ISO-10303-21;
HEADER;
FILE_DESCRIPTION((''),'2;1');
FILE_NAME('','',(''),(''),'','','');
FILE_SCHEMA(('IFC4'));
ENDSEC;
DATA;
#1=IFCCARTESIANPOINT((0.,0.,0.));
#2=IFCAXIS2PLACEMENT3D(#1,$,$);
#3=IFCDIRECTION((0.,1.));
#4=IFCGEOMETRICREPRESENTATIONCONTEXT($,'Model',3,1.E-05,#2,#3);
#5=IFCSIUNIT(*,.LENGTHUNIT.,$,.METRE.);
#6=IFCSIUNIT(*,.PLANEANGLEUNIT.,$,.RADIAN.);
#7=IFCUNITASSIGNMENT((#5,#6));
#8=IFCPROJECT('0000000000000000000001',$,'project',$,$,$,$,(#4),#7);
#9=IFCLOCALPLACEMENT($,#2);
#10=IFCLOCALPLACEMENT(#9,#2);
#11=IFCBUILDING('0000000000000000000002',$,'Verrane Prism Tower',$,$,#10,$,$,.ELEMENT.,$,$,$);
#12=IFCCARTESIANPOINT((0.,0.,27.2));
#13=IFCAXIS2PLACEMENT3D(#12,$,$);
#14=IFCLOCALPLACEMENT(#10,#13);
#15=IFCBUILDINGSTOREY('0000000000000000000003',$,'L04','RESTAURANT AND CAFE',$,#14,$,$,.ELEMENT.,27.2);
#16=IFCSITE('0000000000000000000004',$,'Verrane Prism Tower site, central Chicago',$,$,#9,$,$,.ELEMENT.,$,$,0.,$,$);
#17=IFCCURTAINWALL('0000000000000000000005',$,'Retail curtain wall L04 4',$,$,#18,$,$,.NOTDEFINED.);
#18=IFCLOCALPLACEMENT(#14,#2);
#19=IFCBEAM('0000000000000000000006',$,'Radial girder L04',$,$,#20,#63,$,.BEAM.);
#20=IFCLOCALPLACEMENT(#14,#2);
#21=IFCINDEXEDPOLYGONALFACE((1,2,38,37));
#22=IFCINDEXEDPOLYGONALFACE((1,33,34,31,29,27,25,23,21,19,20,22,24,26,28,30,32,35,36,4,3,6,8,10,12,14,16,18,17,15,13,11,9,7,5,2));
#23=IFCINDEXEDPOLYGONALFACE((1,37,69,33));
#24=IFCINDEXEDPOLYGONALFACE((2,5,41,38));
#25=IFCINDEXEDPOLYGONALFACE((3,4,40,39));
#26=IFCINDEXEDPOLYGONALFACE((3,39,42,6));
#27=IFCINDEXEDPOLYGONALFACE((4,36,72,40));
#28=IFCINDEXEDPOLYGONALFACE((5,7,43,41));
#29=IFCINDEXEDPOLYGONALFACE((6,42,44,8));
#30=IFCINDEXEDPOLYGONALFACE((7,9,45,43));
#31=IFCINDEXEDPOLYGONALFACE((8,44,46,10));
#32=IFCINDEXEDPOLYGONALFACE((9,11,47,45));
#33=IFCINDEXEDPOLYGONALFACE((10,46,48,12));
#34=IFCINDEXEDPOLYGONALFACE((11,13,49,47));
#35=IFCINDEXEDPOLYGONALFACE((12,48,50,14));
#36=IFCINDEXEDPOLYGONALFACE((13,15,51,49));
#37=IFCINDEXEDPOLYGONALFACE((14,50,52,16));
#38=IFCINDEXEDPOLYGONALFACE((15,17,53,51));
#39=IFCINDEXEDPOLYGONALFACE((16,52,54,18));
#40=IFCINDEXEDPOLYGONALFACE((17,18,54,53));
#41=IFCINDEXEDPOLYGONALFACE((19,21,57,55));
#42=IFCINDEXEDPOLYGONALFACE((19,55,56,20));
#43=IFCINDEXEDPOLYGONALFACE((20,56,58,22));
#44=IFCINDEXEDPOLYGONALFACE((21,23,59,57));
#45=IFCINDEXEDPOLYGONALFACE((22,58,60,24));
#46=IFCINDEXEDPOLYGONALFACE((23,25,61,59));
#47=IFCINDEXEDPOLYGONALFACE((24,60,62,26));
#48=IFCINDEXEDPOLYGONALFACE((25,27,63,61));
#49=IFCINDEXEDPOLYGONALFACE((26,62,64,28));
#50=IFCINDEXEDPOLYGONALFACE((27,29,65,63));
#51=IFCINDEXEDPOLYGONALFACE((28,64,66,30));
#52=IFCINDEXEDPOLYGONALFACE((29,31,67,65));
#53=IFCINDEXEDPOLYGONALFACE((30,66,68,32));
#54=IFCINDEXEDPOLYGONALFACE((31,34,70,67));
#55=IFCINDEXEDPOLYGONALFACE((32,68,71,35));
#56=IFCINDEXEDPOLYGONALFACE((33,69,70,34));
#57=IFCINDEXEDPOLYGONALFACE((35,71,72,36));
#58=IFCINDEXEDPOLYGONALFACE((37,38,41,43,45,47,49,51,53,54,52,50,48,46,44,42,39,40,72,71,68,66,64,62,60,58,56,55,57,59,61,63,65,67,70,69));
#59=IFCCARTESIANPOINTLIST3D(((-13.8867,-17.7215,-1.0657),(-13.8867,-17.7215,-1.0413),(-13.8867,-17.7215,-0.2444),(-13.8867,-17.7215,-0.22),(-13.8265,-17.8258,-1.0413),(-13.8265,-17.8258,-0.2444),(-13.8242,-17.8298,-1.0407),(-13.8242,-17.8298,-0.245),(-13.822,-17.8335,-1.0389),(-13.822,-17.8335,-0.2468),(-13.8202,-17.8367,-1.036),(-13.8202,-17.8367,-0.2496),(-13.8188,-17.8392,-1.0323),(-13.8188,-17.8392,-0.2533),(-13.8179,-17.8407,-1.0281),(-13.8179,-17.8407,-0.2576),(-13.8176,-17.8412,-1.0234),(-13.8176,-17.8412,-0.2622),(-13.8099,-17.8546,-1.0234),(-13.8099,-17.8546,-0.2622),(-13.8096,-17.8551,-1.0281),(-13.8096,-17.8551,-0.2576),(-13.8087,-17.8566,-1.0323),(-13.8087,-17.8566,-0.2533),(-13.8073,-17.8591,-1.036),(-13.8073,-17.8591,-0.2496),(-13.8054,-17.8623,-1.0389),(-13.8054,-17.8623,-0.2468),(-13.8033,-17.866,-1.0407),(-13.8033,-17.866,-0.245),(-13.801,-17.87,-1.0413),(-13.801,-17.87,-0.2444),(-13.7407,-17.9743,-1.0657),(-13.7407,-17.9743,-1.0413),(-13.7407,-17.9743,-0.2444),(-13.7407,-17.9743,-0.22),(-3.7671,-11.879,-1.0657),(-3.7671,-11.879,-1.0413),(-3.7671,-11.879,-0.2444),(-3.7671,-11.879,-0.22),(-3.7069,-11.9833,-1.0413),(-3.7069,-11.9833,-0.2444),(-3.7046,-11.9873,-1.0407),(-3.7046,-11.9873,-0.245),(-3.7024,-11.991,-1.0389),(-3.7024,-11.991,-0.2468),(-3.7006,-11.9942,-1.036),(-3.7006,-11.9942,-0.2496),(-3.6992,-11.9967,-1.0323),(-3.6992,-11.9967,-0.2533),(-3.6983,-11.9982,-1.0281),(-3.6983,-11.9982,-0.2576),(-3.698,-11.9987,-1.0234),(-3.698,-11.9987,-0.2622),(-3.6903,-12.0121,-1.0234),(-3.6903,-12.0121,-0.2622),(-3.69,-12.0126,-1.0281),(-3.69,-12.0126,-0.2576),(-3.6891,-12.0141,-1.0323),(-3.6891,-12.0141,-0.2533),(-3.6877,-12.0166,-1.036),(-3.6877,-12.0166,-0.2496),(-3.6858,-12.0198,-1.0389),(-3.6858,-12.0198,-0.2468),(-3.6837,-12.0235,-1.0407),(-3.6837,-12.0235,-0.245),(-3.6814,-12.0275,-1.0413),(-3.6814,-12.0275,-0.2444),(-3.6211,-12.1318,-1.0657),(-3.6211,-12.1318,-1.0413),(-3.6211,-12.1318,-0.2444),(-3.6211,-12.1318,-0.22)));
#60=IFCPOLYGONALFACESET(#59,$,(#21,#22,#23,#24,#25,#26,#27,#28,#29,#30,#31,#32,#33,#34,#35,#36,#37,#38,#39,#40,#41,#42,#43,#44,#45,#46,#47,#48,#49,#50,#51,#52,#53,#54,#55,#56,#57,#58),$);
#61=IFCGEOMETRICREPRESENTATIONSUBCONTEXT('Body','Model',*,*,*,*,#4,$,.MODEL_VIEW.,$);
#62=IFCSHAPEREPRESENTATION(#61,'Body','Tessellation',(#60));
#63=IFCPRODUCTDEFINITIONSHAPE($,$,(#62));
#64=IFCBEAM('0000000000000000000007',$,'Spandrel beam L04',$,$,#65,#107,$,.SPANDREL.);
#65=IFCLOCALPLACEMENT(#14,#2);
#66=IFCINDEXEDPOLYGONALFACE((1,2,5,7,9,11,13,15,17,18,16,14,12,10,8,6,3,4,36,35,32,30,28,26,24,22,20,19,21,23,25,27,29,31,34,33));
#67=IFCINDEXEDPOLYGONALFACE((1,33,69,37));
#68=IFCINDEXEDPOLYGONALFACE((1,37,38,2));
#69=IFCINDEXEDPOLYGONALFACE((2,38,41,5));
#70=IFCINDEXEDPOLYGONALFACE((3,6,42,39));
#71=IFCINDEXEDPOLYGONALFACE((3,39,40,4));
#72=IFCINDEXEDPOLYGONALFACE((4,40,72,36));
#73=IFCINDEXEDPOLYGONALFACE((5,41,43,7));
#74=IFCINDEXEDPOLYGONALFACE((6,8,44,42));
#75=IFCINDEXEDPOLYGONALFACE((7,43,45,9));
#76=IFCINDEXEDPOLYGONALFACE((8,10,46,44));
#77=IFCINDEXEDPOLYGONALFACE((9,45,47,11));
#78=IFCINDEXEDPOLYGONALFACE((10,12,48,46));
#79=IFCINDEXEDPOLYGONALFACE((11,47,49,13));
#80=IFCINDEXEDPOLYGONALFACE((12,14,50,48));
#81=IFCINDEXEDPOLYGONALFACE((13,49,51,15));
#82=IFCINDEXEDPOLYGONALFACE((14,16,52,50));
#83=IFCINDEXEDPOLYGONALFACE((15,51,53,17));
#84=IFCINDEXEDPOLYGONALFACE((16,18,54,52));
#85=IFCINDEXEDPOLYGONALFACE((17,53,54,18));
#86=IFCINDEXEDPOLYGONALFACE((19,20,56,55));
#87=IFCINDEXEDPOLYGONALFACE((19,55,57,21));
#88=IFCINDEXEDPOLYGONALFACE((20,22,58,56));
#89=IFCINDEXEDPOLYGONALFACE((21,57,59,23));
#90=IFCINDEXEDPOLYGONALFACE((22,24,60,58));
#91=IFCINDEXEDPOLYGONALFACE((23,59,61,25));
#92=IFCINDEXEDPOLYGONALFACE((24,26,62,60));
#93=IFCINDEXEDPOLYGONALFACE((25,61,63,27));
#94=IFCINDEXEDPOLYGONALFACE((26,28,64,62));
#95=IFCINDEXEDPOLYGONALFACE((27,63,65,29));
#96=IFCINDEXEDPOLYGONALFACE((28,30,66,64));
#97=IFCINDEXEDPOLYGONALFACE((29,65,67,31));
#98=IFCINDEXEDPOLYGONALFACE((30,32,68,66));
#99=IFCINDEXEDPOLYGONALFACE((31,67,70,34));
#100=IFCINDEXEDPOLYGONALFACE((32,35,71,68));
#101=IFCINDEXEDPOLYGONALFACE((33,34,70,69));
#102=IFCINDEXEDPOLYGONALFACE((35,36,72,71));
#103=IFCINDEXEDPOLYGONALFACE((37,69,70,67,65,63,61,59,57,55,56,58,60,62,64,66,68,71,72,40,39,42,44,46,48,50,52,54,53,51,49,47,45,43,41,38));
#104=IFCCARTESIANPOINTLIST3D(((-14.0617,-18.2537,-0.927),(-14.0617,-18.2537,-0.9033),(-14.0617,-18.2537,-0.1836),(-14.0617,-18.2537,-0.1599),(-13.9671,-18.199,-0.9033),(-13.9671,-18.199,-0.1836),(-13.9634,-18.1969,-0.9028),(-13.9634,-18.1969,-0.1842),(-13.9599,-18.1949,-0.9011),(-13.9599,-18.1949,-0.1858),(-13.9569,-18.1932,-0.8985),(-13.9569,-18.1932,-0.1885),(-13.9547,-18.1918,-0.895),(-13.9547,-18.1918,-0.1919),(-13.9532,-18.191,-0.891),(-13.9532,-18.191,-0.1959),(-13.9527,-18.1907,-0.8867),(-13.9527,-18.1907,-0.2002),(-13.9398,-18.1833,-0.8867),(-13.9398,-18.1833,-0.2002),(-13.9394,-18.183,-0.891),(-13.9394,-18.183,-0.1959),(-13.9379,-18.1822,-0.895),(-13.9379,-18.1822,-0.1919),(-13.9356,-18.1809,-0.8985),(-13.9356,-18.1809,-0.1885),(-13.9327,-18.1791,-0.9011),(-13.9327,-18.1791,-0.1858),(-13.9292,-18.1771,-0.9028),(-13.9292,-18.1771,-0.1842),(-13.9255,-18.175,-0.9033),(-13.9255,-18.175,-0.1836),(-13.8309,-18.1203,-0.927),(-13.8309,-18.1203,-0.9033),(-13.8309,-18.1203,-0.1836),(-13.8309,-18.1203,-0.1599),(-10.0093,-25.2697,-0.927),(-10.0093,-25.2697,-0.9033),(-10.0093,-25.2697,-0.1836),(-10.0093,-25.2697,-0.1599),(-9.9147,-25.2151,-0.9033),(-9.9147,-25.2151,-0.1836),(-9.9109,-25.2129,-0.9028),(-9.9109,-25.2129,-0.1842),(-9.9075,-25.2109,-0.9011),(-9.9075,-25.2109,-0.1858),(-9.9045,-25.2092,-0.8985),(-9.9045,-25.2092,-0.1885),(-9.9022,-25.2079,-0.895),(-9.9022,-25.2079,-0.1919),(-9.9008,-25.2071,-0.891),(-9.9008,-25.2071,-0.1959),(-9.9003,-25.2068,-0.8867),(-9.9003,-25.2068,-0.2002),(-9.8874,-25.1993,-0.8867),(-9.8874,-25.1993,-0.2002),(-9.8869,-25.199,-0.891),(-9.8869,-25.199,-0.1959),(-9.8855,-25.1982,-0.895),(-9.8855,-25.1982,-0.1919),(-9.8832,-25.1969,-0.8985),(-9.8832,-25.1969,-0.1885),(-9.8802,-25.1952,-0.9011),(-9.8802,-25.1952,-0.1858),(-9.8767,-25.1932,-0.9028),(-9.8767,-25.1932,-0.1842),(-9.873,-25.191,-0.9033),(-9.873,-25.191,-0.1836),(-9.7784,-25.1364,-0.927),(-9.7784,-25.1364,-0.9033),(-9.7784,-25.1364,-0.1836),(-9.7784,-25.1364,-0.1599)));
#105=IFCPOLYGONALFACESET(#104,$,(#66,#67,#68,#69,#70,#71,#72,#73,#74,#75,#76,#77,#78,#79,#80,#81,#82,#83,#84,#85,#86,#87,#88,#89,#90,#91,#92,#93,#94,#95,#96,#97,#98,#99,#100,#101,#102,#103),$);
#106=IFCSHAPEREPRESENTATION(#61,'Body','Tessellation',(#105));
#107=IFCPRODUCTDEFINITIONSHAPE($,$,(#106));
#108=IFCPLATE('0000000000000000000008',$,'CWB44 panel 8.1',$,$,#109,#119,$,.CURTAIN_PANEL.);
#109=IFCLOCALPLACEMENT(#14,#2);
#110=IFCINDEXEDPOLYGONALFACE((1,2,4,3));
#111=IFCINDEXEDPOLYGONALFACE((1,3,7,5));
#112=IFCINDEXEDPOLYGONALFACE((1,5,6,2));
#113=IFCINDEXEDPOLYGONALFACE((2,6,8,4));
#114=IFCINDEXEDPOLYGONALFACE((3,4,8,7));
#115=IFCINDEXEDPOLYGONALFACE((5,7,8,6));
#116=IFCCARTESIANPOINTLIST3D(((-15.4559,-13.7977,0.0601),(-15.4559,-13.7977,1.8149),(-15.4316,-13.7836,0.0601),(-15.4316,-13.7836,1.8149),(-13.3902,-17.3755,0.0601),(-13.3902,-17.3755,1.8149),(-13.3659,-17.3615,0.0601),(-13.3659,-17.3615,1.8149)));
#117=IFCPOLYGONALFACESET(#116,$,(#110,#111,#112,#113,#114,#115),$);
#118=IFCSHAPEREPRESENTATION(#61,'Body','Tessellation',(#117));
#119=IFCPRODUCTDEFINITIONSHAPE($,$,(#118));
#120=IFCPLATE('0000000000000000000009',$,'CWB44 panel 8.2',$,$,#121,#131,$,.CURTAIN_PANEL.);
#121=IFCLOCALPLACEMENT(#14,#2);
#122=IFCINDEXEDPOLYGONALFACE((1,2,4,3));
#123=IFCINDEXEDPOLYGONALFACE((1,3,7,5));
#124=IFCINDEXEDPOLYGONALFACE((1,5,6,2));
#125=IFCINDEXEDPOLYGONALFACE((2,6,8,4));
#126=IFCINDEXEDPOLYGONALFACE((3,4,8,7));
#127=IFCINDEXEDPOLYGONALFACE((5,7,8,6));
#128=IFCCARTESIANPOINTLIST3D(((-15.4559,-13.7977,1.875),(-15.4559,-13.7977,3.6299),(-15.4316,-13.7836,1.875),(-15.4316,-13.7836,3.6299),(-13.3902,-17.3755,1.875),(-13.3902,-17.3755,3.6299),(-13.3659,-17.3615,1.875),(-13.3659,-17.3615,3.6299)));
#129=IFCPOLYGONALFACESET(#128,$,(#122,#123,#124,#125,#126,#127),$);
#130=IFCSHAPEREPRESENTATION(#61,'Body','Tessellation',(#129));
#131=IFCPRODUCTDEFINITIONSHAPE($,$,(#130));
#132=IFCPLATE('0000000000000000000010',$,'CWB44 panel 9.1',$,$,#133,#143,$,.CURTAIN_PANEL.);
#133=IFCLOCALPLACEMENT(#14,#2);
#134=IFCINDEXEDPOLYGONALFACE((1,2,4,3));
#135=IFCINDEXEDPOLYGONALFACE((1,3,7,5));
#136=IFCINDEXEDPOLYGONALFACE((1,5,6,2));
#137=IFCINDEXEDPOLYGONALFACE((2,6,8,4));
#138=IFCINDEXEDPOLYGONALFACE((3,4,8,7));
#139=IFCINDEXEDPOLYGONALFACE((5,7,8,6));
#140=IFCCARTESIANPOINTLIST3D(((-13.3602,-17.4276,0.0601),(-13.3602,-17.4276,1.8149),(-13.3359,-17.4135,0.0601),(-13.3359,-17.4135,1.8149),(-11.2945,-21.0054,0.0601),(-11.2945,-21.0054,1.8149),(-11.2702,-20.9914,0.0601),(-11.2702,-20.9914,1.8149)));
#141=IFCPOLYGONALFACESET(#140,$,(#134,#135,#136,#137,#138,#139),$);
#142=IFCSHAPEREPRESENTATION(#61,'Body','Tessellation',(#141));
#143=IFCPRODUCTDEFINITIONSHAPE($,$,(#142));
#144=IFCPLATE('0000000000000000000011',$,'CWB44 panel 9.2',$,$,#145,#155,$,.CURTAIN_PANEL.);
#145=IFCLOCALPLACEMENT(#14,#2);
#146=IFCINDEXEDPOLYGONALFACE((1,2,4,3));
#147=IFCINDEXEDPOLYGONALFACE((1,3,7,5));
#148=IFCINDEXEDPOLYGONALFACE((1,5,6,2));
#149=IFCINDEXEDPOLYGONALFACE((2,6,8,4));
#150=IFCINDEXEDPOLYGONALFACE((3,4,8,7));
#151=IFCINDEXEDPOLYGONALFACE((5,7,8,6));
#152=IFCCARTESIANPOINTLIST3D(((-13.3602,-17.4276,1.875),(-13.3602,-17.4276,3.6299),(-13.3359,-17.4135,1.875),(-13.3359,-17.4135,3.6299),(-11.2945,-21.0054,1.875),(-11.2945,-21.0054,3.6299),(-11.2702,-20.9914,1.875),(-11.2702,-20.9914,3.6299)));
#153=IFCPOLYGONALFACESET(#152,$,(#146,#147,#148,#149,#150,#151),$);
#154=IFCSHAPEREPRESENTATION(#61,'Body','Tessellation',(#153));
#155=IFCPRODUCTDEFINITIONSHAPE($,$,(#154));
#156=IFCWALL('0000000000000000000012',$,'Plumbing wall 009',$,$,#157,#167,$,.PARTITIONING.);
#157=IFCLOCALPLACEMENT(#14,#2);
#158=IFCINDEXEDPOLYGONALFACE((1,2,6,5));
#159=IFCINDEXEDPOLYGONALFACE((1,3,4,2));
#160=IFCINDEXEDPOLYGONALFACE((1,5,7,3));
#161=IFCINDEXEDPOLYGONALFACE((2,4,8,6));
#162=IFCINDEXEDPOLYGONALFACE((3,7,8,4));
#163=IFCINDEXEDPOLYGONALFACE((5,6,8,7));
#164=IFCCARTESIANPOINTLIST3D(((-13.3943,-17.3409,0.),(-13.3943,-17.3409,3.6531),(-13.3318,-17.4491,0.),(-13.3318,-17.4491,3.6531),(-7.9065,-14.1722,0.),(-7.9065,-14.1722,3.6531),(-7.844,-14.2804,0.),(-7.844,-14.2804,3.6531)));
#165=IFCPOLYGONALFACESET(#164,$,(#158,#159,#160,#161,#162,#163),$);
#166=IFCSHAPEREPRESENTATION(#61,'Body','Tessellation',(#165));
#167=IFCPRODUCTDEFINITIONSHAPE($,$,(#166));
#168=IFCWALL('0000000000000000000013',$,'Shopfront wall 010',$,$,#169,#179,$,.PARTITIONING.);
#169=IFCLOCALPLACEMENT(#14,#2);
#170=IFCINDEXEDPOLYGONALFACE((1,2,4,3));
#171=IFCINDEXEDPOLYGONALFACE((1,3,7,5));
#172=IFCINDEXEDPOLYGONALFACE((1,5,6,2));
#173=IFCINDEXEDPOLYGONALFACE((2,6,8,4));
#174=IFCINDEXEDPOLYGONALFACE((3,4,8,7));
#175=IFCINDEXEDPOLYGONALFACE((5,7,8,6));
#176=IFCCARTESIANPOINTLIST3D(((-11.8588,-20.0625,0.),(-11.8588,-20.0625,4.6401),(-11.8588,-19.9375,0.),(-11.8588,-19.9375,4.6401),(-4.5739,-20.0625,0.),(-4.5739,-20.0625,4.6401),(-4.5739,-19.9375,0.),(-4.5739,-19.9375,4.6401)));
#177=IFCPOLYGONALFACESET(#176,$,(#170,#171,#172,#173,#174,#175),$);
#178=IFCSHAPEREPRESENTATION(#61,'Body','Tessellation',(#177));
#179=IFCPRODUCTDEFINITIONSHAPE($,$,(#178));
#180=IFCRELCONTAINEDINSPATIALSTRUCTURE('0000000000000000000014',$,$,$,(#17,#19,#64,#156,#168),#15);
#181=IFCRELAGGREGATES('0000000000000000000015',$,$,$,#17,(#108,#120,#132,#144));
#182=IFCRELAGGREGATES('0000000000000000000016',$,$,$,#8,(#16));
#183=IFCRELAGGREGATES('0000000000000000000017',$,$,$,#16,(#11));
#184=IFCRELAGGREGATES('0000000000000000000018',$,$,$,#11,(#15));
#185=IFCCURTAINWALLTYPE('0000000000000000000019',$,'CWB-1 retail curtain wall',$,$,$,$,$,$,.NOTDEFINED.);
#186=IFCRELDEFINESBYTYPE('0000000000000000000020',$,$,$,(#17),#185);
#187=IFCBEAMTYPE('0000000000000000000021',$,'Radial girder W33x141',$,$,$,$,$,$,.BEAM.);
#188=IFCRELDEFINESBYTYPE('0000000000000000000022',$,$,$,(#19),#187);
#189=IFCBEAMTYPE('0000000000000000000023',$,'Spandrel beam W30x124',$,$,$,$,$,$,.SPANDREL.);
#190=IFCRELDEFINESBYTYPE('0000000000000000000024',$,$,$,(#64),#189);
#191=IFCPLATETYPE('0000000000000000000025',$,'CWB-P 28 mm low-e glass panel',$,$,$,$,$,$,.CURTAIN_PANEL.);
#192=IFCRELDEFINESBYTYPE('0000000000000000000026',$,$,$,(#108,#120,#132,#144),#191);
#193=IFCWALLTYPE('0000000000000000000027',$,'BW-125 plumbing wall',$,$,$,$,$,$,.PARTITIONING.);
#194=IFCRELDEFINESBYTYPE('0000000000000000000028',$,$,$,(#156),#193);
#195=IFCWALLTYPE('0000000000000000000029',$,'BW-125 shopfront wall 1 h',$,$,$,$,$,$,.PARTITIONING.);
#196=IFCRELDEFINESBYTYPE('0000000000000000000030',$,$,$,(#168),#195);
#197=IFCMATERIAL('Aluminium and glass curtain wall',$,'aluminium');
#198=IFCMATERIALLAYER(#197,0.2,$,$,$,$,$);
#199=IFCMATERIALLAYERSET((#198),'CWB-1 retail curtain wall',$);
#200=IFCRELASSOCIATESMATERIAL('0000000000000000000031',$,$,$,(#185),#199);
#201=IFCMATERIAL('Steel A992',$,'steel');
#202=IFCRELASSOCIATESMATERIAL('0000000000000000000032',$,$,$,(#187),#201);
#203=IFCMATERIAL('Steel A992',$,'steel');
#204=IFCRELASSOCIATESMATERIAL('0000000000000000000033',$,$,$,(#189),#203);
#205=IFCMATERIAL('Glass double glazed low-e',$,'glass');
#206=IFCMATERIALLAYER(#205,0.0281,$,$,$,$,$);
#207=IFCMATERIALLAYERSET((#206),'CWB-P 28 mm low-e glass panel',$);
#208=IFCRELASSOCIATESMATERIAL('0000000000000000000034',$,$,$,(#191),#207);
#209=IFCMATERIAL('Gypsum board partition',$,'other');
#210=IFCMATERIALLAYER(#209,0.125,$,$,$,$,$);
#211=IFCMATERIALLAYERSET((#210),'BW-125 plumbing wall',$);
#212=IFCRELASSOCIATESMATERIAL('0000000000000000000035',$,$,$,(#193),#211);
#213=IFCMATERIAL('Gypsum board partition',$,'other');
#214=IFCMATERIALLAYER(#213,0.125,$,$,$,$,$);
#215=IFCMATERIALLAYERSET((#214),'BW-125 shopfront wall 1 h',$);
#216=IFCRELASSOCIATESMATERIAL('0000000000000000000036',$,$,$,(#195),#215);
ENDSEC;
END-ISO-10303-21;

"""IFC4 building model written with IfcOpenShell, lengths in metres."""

from ifc_helpers import new_model, si_unit, direction, frame, frame_2d, origin, origin_2d, place, context, subcontext, project, spatial, rectangle, i_section, extrude, material, layer, layer_set, material_profile, profile_set, type_object, element, aggregate, save


model = new_model("IFC4")

# Units and contexts
model_context = context("Model", 3, precision=1e-05, world=origin(), true_north=direction((0.0, 1.0)))
body_context = subcontext(model_context, "Body", "Model", "MODEL_VIEW")
ifc_project = project(units=[si_unit("LENGTHUNIT", "METRE"), si_unit("PLANEANGLEUNIT", "RADIAN")], contexts=[model_context])

# Site, building, storey
site_placement = place(None, origin())
site = spatial("IfcSite", under=ifc_project, at=site_placement, Name="Verrane Prism Tower site, central Chicago", CompositionType="ELEMENT", RefElevation=0.0)
building_placement = place(site_placement, origin())
building = spatial("IfcBuilding", under=site, at=building_placement, Name="Verrane Prism Tower", CompositionType="ELEMENT")
storey_placement = place(building_placement, frame((0.0, 0.0, 27.2)))
storey = spatial("IfcBuildingStorey", under=building, at=storey_placement, Name="L04", Description="RESTAURANT AND CAFE", CompositionType="ELEMENT", Elevation=27.2)

# Curtain wall
ifc_material_1 = material(Name="Aluminium and glass curtain wall", Category="aluminium")
ifc_layer_1 = layer(ifc_material_1, 0.2)
ifc_layer_set_1 = layer_set([ifc_layer_1], Name="CWB-1 retail curtain wall")
curtain_wall_type = type_object("IfcCurtainWallType", Name="CWB-1 retail curtain wall", PredefinedType="NOTDEFINED", material=ifc_layer_set_1)
curtain_wall_placement = place(storey_placement, origin())
curtain_wall = element("IfcCurtainWall", 1, at=curtain_wall_placement, inside=storey, type_object=curtain_wall_type, Name="Retail curtain wall L04 4", PredefinedType="NOTDEFINED")

# Beams
ifc_material_2 = material(Name="Steel A992", Category="steel")
ifc_material_profile_1 = material_profile(ifc_material_2, i_section(OverallWidth=0.292, OverallDepth=0.8457, WebThickness=0.0154, FlangeThickness=0.0244, FilletRadius=0.0178, at=origin_2d()), Name="W33x141")
ifc_profile_set_1 = profile_set([ifc_material_profile_1], Name="Steel A992")
beam_type_1 = type_object("IfcBeamType", Name="Radial girder W33x141", PredefinedType="BEAM", material=ifc_profile_set_1)
beam_1_placement = place(storey_placement, frame((-13.8137, -17.8479, -0.6428), z_axis=(0.866027, 0.499997, 0.0), x_axis=(-0.499997, 0.866027, 0.0)))
element("IfcBeam", 2, at=beam_1_placement, inside=storey, type_object=beam_type_1, Name="Radial girder L04", PredefinedType="BEAM", context=body_context, shape_type="SweptSolid", body=[
    extrude(i_section(OverallWidth=0.292, OverallDepth=0.8457, WebThickness=0.0154, FlangeThickness=0.0244, FilletRadius=0.0178, at=origin_2d()), origin(), (0.0, 0.0, 1.0), 11.6851),
])
ifc_material_3 = material(Name="Steel A992", Category="steel")
ifc_material_profile_2 = material_profile(ifc_material_3, i_section(OverallWidth=0.2666, OverallDepth=0.7671, WebThickness=0.0149, FlangeThickness=0.0237, FilletRadius=0.0166, at=origin_2d()), Name="W30x124")
ifc_profile_set_2 = profile_set([ifc_material_profile_2], Name="Steel A992")
beam_type_2 = type_object("IfcBeamType", Name="Spandrel beam W30x124", PredefinedType="SPANDREL", material=ifc_profile_set_2)
beam_2_placement = place(storey_placement, frame((-13.9463, -18.187, -0.5435), z_axis=(0.500161, -0.865933, 0.0), x_axis=(0.865933, 0.500161, 0.0)))
element("IfcBeam", 3, at=beam_2_placement, inside=storey, type_object=beam_type_2, Name="Spandrel beam L04", PredefinedType="SPANDREL", context=body_context, shape_type="SweptSolid", body=[
    extrude(i_section(OverallWidth=0.2666, OverallDepth=0.7671, WebThickness=0.0149, FlangeThickness=0.0237, FilletRadius=0.0166, at=origin_2d()), origin(), (0.0, 0.0, 1.0), 8.1023),
])

# Plates
ifc_material_4 = material(Name="Glass double glazed low-e", Category="glass")
ifc_layer_2 = layer(ifc_material_4, 0.0281)
ifc_layer_set_2 = layer_set([ifc_layer_2], Name="CWB-P 28 mm low-e glass panel")
plate_type = type_object("IfcPlateType", Name="CWB-P 28 mm low-e glass panel", PredefinedType="CURTAIN_PANEL", material=ifc_layer_set_2)
plate_1_placement = place(storey_placement, frame((-14.4109, -15.5796, 0.0601), z_axis=(0.0, 0.0, 1.0), x_axis=(0.5, -0.866025, 0.0)))
plate_1 = element("IfcPlate", 4, at=plate_1_placement, type_object=plate_type, Name="CWB44 panel 8.1", PredefinedType="CURTAIN_PANEL", context=body_context, shape_type="SweptSolid", body=[
    extrude(rectangle(XDim=4.1313, YDim=0.0281, at=origin_2d()), origin(), (0.0, 0.0, 1.0), 1.7549),
])
plate_2_placement = place(storey_placement, frame((-14.4109, -15.5796, 1.875), z_axis=(0.0, 0.0, 1.0), x_axis=(0.5, -0.866025, 0.0)))
plate_2 = element("IfcPlate", 5, at=plate_2_placement, type_object=plate_type, Name="CWB44 panel 8.2", PredefinedType="CURTAIN_PANEL", context=body_context, shape_type="SweptSolid", body=[
    extrude(rectangle(XDim=4.1313, YDim=0.0281, at=origin_2d()), origin(), (0.0, 0.0, 1.0), 1.7549),
])
plate_3_placement = place(storey_placement, frame((-12.3152, -19.2095, 0.0601), z_axis=(0.0, 0.0, 1.0), x_axis=(0.5, -0.866025, 0.0)))
plate_3 = element("IfcPlate", 6, at=plate_3_placement, type_object=plate_type, Name="CWB44 panel 9.1", PredefinedType="CURTAIN_PANEL", context=body_context, shape_type="SweptSolid", body=[
    extrude(rectangle(XDim=4.1313, YDim=0.0281, at=origin_2d()), origin(), (0.0, 0.0, 1.0), 1.7549),
])
plate_4_placement = place(storey_placement, frame((-12.3152, -19.2095, 1.875), z_axis=(0.0, 0.0, 1.0), x_axis=(0.5, -0.866025, 0.0)))
plate_4 = element("IfcPlate", 7, at=plate_4_placement, type_object=plate_type, Name="CWB44 panel 9.2", PredefinedType="CURTAIN_PANEL", context=body_context, shape_type="SweptSolid", body=[
    extrude(rectangle(XDim=4.1313, YDim=0.0281, at=origin_2d()), origin(), (0.0, 0.0, 1.0), 1.7549),
])
aggregate(curtain_wall, [plate_1, plate_2, plate_3, plate_4])

# Walls
ifc_material_5 = material(Name="Gypsum board partition", Category="other")
ifc_layer_3 = layer(ifc_material_5, 0.125)
ifc_layer_set_3 = layer_set([ifc_layer_3], Name="BW-125 plumbing wall")
wall_type_1 = type_object("IfcWallType", Name="BW-125 plumbing wall", PredefinedType="PARTITIONING", material=ifc_layer_set_3)
wall_1_placement = place(storey_placement, frame((-13.363, -17.395, 0.0), z_axis=(0.0, 0.0, 1.0), x_axis=(0.866003, 0.500038, 0.0)))
element("IfcWall", 8, at=wall_1_placement, inside=storey, type_object=wall_type_1, Name="Plumbing wall 009", PredefinedType="PARTITIONING", context=body_context, shape_type="SweptSolid", body=[
    extrude(rectangle(XDim=6.3369, YDim=0.125, at=frame_2d((3.1685, 0.0))), origin(), (0.0, 0.0, 1.0), 3.6531),
])
ifc_material_6 = material(Name="Gypsum board partition", Category="other")
ifc_layer_4 = layer(ifc_material_6, 0.125)
ifc_layer_set_4 = layer_set([ifc_layer_4], Name="BW-125 shopfront wall 1 h")
wall_type_2 = type_object("IfcWallType", Name="BW-125 shopfront wall 1 h", PredefinedType="PARTITIONING", material=ifc_layer_set_4)
wall_2_placement = place(storey_placement, frame((-11.8589, -20.0, 0.0), z_axis=(0.0, 0.0, 1.0), x_axis=(1.0, 0.0, 0.0)))
element("IfcWall", 9, at=wall_2_placement, inside=storey, type_object=wall_type_2, Name="Shopfront wall 010", PredefinedType="PARTITIONING", context=body_context, shape_type="SweptSolid", body=[
    extrude(rectangle(XDim=7.2849, YDim=0.125, at=frame_2d((3.6426, 0.0))), origin(), (0.0, 0.0, 1.0), 4.6401),
])

save(model, "model.ifc")
